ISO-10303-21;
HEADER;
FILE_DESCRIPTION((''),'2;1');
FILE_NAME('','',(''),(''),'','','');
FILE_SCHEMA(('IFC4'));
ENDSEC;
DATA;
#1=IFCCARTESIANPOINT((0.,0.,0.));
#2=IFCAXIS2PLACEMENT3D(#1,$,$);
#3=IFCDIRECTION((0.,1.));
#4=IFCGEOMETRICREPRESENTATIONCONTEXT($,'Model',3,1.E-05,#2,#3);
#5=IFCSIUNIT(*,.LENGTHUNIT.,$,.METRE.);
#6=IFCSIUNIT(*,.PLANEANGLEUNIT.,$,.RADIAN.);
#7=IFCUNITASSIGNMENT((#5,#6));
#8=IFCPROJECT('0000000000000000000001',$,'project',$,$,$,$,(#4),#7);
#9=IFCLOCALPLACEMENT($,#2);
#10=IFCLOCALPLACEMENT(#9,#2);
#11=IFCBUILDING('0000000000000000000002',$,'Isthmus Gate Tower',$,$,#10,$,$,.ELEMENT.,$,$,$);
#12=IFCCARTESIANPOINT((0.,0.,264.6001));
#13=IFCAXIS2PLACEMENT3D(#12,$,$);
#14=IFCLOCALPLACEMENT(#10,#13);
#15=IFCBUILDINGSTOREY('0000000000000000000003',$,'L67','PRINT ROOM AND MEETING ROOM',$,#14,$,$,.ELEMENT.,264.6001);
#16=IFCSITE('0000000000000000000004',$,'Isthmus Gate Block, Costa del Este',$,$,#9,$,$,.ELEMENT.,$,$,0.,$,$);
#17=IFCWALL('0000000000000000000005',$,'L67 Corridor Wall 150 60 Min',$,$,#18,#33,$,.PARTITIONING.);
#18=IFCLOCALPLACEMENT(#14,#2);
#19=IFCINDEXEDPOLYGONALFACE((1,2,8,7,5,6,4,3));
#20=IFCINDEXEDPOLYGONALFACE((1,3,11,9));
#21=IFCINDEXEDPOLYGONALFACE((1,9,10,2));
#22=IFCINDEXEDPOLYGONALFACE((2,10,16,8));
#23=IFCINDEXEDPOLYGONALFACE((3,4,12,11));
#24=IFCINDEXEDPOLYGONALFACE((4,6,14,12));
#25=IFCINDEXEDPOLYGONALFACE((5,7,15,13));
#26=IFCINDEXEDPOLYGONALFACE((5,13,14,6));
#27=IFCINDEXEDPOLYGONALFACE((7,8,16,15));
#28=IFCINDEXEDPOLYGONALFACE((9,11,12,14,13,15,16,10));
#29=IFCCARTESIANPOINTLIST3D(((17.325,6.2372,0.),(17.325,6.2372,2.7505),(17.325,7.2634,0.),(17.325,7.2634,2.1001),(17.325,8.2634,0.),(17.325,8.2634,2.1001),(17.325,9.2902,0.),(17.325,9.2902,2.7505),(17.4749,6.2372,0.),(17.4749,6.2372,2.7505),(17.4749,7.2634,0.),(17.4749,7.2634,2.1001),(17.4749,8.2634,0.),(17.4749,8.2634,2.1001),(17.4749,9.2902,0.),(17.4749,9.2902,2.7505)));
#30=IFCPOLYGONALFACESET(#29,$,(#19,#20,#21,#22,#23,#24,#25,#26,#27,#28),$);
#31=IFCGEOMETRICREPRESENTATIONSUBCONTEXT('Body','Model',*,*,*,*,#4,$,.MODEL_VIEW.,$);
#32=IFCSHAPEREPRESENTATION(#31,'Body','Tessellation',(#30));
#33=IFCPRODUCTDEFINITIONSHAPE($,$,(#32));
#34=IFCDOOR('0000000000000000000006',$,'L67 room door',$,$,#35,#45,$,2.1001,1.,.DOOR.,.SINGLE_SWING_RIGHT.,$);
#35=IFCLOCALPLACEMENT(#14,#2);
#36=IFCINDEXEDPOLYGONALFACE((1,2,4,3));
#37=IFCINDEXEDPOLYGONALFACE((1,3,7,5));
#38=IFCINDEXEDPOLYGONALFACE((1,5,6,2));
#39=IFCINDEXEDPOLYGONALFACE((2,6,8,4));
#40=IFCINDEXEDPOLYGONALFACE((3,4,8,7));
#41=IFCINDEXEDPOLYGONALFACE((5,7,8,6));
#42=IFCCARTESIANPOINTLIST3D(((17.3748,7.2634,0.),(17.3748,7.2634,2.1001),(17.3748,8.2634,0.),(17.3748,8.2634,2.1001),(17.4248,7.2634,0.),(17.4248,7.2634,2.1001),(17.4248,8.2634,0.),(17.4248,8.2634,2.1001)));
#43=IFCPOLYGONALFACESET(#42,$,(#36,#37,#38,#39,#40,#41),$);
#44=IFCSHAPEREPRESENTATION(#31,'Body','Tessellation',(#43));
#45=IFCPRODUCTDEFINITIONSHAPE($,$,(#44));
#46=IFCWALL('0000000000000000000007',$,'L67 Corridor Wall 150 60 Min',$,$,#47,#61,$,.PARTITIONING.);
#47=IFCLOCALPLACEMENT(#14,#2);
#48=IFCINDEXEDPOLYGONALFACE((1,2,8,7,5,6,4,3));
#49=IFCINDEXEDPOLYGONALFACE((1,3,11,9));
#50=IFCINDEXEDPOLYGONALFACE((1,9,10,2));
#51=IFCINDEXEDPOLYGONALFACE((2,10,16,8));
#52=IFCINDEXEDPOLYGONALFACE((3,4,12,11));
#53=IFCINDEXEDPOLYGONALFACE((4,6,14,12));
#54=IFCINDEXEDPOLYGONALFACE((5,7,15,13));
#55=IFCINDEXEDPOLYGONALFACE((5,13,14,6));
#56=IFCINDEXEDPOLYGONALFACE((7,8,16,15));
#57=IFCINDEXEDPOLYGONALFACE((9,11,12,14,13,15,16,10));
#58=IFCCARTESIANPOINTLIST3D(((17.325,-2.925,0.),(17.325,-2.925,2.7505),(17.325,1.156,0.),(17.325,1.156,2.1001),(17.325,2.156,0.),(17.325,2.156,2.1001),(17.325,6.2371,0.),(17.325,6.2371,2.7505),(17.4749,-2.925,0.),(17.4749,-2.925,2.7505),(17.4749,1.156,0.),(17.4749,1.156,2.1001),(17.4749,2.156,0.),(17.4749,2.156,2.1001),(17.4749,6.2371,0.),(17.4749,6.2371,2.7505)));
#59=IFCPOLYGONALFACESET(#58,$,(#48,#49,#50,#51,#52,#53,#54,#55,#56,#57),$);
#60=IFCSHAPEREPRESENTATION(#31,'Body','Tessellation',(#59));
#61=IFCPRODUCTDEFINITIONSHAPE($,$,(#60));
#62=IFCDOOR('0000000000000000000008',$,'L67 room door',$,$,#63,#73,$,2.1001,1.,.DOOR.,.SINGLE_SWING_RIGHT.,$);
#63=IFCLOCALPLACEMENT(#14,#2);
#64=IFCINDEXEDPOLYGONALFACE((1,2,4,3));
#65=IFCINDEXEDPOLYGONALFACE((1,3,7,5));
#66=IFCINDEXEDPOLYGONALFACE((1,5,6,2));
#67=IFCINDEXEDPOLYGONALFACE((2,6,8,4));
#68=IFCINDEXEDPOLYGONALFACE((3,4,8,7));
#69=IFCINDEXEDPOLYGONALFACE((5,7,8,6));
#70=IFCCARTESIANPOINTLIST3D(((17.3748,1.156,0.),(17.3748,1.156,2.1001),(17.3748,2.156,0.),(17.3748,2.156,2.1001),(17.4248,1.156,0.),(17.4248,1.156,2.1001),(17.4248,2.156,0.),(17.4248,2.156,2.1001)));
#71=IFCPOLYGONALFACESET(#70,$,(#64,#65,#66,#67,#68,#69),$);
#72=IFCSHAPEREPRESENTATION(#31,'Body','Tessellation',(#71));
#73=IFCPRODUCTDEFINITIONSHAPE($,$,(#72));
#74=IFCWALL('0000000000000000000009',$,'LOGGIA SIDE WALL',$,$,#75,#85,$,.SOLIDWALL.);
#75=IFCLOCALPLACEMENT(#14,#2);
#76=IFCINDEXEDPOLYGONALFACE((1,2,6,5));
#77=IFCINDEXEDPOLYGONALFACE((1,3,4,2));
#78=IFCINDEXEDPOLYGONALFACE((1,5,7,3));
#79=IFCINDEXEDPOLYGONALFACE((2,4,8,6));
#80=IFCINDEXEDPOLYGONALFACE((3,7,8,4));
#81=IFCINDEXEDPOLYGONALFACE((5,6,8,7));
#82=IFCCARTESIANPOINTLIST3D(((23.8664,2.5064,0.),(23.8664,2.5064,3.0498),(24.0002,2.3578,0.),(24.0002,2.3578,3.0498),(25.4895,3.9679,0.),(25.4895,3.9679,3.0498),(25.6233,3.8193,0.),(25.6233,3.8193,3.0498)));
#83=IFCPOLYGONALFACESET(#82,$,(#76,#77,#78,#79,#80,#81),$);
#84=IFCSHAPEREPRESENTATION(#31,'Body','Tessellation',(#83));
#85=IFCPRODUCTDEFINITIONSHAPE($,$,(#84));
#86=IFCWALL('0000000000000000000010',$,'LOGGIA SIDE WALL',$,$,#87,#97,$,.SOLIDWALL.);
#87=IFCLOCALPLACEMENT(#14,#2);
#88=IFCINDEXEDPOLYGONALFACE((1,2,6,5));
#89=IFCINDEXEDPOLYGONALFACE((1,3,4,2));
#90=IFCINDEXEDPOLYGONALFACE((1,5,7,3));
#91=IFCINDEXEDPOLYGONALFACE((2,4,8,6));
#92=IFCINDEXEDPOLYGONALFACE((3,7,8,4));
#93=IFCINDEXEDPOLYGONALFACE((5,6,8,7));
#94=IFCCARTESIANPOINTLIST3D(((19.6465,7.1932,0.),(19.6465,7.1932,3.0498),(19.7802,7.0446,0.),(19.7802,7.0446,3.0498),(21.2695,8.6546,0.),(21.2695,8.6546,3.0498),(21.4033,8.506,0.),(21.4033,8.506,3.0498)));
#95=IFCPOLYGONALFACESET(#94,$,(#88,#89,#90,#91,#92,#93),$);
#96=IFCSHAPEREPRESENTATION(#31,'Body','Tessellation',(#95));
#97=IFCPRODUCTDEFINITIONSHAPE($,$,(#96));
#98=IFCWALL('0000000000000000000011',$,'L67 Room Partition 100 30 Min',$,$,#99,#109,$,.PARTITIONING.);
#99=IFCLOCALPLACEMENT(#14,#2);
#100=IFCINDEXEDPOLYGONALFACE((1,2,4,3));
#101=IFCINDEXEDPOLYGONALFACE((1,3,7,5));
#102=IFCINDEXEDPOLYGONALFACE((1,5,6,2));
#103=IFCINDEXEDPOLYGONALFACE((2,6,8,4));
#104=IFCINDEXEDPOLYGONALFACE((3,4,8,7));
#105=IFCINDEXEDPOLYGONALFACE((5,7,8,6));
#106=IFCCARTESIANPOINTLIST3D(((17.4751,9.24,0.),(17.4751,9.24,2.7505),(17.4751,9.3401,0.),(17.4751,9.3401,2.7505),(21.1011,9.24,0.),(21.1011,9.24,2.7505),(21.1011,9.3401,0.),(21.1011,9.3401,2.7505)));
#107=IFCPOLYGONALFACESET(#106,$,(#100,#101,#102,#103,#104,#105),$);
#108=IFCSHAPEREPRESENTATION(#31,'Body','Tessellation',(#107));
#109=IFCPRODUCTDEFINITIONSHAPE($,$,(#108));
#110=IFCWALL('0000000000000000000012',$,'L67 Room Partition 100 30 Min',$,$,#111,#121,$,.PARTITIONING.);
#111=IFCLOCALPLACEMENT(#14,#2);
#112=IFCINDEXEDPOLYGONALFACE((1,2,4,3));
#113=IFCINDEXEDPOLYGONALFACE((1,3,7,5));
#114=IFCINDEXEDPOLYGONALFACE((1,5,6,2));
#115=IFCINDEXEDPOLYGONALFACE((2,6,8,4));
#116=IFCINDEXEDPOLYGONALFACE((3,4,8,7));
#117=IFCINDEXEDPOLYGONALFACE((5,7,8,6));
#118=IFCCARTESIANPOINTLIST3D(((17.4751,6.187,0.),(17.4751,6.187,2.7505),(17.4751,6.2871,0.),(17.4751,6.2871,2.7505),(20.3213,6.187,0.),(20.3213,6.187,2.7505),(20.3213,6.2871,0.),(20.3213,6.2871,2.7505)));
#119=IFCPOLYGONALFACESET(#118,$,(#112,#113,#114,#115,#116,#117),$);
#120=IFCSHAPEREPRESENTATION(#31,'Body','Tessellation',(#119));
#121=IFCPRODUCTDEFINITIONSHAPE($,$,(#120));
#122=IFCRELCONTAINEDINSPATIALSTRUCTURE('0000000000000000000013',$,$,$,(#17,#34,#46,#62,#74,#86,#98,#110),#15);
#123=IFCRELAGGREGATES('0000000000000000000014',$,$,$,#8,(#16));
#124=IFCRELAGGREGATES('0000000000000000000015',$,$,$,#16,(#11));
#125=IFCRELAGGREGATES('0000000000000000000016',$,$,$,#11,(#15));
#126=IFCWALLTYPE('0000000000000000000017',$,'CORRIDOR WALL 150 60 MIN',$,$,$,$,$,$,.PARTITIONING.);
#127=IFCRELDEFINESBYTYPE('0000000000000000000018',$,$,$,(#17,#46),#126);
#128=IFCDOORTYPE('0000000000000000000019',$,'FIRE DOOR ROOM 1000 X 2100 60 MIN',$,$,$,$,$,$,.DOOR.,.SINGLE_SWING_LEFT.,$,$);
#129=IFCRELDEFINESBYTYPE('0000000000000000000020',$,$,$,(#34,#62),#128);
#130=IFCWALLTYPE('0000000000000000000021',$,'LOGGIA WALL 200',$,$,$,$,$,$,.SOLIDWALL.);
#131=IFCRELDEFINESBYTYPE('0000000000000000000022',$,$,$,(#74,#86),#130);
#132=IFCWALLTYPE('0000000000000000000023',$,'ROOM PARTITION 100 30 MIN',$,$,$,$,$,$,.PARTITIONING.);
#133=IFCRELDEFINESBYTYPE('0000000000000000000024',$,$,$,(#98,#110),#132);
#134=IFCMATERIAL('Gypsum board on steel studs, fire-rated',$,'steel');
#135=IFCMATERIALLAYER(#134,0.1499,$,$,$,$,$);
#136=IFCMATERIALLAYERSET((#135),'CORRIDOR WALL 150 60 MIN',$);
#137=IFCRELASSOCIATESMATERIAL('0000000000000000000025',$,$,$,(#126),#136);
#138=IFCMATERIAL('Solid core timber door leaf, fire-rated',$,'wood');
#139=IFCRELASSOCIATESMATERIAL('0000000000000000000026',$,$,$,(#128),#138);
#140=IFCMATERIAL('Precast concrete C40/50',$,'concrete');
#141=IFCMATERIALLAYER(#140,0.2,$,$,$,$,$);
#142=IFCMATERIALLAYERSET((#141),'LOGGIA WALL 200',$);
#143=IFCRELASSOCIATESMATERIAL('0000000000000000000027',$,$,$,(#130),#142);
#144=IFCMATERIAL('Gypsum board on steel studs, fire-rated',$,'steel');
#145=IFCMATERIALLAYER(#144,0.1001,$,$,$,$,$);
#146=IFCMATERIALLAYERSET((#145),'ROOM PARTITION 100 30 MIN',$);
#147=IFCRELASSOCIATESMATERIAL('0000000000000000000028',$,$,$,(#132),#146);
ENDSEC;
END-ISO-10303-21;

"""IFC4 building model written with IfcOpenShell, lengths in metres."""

from ifc_helpers import new_model, si_unit, direction, frame, frame_2d, origin, place, context, subcontext, project, spatial, rectangle, extrude, material, layer, layer_set, type_object, element, fill, save


model = new_model("IFC4")

# Units and contexts
model_context = context("Model", 3, precision=1e-05, world=origin(), true_north=direction((0.0, 1.0)))
body_context = subcontext(model_context, "Body", "Model", "MODEL_VIEW")
ifc_project = project(units=[si_unit("LENGTHUNIT", "METRE"), si_unit("PLANEANGLEUNIT", "RADIAN")], contexts=[model_context])

# Site, building, storey
site_placement = place(None, origin())
site = spatial("IfcSite", under=ifc_project, at=site_placement, Name="Isthmus Gate Block, Costa del Este", CompositionType="ELEMENT", RefElevation=0.0)
building_placement = place(site_placement, origin())
building = spatial("IfcBuilding", under=site, at=building_placement, Name="Isthmus Gate Tower", CompositionType="ELEMENT")
storey_placement = place(building_placement, frame((0.0, 0.0, 264.6001)))
storey = spatial("IfcBuildingStorey", under=building, at=storey_placement, Name="L67", Description="PRINT ROOM AND MEETING ROOM", CompositionType="ELEMENT", Elevation=264.6001)

# Walls, openings, doors
ifc_material_1 = material(Name="Gypsum board on steel studs, fire-rated", Category="steel")
ifc_layer_1 = layer(ifc_material_1, 0.1499)
ifc_layer_set_1 = layer_set([ifc_layer_1], Name="CORRIDOR WALL 150 60 MIN")
wall_type_1 = type_object("IfcWallType", Name="CORRIDOR WALL 150 60 MIN", PredefinedType="PARTITIONING", material=ifc_layer_set_1)
wall_1_placement = place(storey_placement, frame((17.3999, 9.29, 0.0), z_axis=(0.0, 0.0, 1.0), x_axis=(0.0, -1.0, 0.0)))
wall_1 = element("IfcWall", 1, at=wall_1_placement, inside=storey, type_object=wall_type_1, Name="L67 Corridor Wall 150 60 Min", PredefinedType="PARTITIONING", context=body_context, shape_type="SweptSolid", body=[
    extrude(rectangle(XDim=3.053, YDim=0.1499, at=frame_2d((1.5264, 0.0))), origin(), (0.0, 0.0, 1.0), 2.7505),
])
opening_1_placement = place(wall_1_placement, frame((1.0266, 0.0, 0.0)))
opening_1 = element("IfcOpeningElement", 2, at=opening_1_placement, cuts=wall_1, PredefinedType="OPENING", context=body_context, shape_type="SweptSolid", body=[
    extrude(rectangle(XDim=1.0, YDim=2.1001, at=frame_2d((0.5, 1.05))), frame((0.0, 0.085, 0.0), z_axis=(0.0, -1.0, 0.0), x_axis=(1.0, 0.0, 0.0)), (0.0, 0.0, 1.0), 0.1699),
])
ifc_material_2 = material(Name="Solid core timber door leaf, fire-rated", Category="wood")
door_type_1 = type_object("IfcDoorType", Name="FIRE DOOR ROOM 1000 X 2100 60 MIN", OperationType="SINGLE_SWING_LEFT", PredefinedType="DOOR", material=ifc_material_2)
door_1_placement = place(opening_1_placement, origin())
door_1 = element("IfcDoor", 3, at=door_1_placement, inside=storey, type_object=door_type_1, Name="L67 room door", OperationType="SINGLE_SWING_RIGHT", OverallHeight=2.1001, OverallWidth=1.0, PredefinedType="DOOR", context=body_context, shape_type="SweptSolid", body=[
    extrude(rectangle(XDim=1.0, YDim=2.1001, at=frame_2d((0.5, 1.05))), frame((0.0, 0.0249, 0.0), z_axis=(0.0, -1.0, 0.0), x_axis=(1.0, 0.0, 0.0)), (0.0, 0.0, 1.0), 0.05),
])
fill(opening_1, door_1)
wall_2_placement = place(storey_placement, frame((17.3999, 6.2371, 0.0), z_axis=(0.0, 0.0, 1.0), x_axis=(0.0, -1.0, 0.0)))
wall_2 = element("IfcWall", 4, at=wall_2_placement, inside=storey, type_object=wall_type_1, Name="L67 Corridor Wall 150 60 Min", PredefinedType="PARTITIONING", context=body_context, shape_type="SweptSolid", body=[
    extrude(rectangle(XDim=9.1621, YDim=0.1499, at=frame_2d((4.5811, 0.0))), origin(), (0.0, 0.0, 1.0), 2.7505),
])
opening_2_placement = place(wall_2_placement, frame((4.0811, 0.0, 0.0)))
opening_2 = element("IfcOpeningElement", 5, at=opening_2_placement, cuts=wall_2, PredefinedType="OPENING", context=body_context, shape_type="SweptSolid", body=[
    extrude(rectangle(XDim=1.0, YDim=2.1001, at=frame_2d((0.5, 1.05))), frame((0.0, 0.085, 0.0), z_axis=(0.0, -1.0, 0.0), x_axis=(1.0, 0.0, 0.0)), (0.0, 0.0, 1.0), 0.1699),
])
door_2_placement = place(opening_2_placement, origin())
door_2 = element("IfcDoor", 6, at=door_2_placement, inside=storey, type_object=door_type_1, Name="L67 room door", OperationType="SINGLE_SWING_RIGHT", OverallHeight=2.1001, OverallWidth=1.0, PredefinedType="DOOR", context=body_context, shape_type="SweptSolid", body=[
    extrude(rectangle(XDim=1.0, YDim=2.1001, at=frame_2d((0.5, 1.05))), frame((0.0, 0.0249, 0.0), z_axis=(0.0, -1.0, 0.0), x_axis=(1.0, 0.0, 0.0)), (0.0, 0.0, 1.0), 0.05),
])
fill(opening_2, door_2)
ifc_material_3 = material(Name="Precast concrete C40/50", Category="concrete")
ifc_layer_2 = layer(ifc_material_3, 0.2)
ifc_layer_set_2 = layer_set([ifc_layer_2], Name="LOGGIA WALL 200")
wall_type_2 = type_object("IfcWallType", Name="LOGGIA WALL 200", PredefinedType="SOLIDWALL", material=ifc_layer_set_2)

# Walls
for number, where, z_axis, x_axis, name in (
    (7, (25.5564, 3.8936, 0.0), (0.0, 0.0, 1.0), (-0.743138, -0.669138, 0.0), "LOGGIA SIDE WALL"),
    (8, (21.3364, 8.5803, 0.0), (0.0, 0.0, 1.0), (-0.743138, -0.669138, 0.0), "LOGGIA SIDE WALL"),
):
    element("IfcWall", number, at=place(storey_placement, frame(where, z_axis=z_axis, x_axis=x_axis)), inside=storey, type_object=wall_type_2, Name=name, PredefinedType="SOLIDWALL", context=body_context, shape_type="SweptSolid", body=[
        extrude(rectangle(XDim=2.1841, YDim=0.2, at=frame_2d((1.092, 0.0))), origin(), (0.0, 0.0, 1.0), 3.0498),
    ])
ifc_material_4 = material(Name="Gypsum board on steel studs, fire-rated", Category="steel")
ifc_layer_3 = layer(ifc_material_4, 0.1001)
ifc_layer_set_3 = layer_set([ifc_layer_3], Name="ROOM PARTITION 100 30 MIN")
wall_type_3 = type_object("IfcWallType", Name="ROOM PARTITION 100 30 MIN", PredefinedType="PARTITIONING", material=ifc_layer_set_3)
wall_3_placement = place(storey_placement, frame((17.4751, 9.29, 0.0), z_axis=(0.0, 0.0, 1.0), x_axis=(1.0, 0.0, 0.0)))
element("IfcWall", 9, at=wall_3_placement, inside=storey, type_object=wall_type_3, Name="L67 Room Partition 100 30 Min", PredefinedType="PARTITIONING", context=body_context, shape_type="SweptSolid", body=[
    extrude(rectangle(XDim=3.626, YDim=0.1001, at=frame_2d((1.813, 0.0))), origin(), (0.0, 0.0, 1.0), 2.7505),
])
wall_4_placement = place(storey_placement, frame((17.4751, 6.2371, 0.0), z_axis=(0.0, 0.0, 1.0), x_axis=(1.0, 0.0, 0.0)))
element("IfcWall", 10, at=wall_4_placement, inside=storey, type_object=wall_type_3, Name="L67 Room Partition 100 30 Min", PredefinedType="PARTITIONING", context=body_context, shape_type="SweptSolid", body=[
    extrude(rectangle(XDim=2.8462, YDim=0.1001, at=frame_2d((1.4231, 0.0))), origin(), (0.0, 0.0, 1.0), 2.7505),
])

save(model, "model.ifc")
